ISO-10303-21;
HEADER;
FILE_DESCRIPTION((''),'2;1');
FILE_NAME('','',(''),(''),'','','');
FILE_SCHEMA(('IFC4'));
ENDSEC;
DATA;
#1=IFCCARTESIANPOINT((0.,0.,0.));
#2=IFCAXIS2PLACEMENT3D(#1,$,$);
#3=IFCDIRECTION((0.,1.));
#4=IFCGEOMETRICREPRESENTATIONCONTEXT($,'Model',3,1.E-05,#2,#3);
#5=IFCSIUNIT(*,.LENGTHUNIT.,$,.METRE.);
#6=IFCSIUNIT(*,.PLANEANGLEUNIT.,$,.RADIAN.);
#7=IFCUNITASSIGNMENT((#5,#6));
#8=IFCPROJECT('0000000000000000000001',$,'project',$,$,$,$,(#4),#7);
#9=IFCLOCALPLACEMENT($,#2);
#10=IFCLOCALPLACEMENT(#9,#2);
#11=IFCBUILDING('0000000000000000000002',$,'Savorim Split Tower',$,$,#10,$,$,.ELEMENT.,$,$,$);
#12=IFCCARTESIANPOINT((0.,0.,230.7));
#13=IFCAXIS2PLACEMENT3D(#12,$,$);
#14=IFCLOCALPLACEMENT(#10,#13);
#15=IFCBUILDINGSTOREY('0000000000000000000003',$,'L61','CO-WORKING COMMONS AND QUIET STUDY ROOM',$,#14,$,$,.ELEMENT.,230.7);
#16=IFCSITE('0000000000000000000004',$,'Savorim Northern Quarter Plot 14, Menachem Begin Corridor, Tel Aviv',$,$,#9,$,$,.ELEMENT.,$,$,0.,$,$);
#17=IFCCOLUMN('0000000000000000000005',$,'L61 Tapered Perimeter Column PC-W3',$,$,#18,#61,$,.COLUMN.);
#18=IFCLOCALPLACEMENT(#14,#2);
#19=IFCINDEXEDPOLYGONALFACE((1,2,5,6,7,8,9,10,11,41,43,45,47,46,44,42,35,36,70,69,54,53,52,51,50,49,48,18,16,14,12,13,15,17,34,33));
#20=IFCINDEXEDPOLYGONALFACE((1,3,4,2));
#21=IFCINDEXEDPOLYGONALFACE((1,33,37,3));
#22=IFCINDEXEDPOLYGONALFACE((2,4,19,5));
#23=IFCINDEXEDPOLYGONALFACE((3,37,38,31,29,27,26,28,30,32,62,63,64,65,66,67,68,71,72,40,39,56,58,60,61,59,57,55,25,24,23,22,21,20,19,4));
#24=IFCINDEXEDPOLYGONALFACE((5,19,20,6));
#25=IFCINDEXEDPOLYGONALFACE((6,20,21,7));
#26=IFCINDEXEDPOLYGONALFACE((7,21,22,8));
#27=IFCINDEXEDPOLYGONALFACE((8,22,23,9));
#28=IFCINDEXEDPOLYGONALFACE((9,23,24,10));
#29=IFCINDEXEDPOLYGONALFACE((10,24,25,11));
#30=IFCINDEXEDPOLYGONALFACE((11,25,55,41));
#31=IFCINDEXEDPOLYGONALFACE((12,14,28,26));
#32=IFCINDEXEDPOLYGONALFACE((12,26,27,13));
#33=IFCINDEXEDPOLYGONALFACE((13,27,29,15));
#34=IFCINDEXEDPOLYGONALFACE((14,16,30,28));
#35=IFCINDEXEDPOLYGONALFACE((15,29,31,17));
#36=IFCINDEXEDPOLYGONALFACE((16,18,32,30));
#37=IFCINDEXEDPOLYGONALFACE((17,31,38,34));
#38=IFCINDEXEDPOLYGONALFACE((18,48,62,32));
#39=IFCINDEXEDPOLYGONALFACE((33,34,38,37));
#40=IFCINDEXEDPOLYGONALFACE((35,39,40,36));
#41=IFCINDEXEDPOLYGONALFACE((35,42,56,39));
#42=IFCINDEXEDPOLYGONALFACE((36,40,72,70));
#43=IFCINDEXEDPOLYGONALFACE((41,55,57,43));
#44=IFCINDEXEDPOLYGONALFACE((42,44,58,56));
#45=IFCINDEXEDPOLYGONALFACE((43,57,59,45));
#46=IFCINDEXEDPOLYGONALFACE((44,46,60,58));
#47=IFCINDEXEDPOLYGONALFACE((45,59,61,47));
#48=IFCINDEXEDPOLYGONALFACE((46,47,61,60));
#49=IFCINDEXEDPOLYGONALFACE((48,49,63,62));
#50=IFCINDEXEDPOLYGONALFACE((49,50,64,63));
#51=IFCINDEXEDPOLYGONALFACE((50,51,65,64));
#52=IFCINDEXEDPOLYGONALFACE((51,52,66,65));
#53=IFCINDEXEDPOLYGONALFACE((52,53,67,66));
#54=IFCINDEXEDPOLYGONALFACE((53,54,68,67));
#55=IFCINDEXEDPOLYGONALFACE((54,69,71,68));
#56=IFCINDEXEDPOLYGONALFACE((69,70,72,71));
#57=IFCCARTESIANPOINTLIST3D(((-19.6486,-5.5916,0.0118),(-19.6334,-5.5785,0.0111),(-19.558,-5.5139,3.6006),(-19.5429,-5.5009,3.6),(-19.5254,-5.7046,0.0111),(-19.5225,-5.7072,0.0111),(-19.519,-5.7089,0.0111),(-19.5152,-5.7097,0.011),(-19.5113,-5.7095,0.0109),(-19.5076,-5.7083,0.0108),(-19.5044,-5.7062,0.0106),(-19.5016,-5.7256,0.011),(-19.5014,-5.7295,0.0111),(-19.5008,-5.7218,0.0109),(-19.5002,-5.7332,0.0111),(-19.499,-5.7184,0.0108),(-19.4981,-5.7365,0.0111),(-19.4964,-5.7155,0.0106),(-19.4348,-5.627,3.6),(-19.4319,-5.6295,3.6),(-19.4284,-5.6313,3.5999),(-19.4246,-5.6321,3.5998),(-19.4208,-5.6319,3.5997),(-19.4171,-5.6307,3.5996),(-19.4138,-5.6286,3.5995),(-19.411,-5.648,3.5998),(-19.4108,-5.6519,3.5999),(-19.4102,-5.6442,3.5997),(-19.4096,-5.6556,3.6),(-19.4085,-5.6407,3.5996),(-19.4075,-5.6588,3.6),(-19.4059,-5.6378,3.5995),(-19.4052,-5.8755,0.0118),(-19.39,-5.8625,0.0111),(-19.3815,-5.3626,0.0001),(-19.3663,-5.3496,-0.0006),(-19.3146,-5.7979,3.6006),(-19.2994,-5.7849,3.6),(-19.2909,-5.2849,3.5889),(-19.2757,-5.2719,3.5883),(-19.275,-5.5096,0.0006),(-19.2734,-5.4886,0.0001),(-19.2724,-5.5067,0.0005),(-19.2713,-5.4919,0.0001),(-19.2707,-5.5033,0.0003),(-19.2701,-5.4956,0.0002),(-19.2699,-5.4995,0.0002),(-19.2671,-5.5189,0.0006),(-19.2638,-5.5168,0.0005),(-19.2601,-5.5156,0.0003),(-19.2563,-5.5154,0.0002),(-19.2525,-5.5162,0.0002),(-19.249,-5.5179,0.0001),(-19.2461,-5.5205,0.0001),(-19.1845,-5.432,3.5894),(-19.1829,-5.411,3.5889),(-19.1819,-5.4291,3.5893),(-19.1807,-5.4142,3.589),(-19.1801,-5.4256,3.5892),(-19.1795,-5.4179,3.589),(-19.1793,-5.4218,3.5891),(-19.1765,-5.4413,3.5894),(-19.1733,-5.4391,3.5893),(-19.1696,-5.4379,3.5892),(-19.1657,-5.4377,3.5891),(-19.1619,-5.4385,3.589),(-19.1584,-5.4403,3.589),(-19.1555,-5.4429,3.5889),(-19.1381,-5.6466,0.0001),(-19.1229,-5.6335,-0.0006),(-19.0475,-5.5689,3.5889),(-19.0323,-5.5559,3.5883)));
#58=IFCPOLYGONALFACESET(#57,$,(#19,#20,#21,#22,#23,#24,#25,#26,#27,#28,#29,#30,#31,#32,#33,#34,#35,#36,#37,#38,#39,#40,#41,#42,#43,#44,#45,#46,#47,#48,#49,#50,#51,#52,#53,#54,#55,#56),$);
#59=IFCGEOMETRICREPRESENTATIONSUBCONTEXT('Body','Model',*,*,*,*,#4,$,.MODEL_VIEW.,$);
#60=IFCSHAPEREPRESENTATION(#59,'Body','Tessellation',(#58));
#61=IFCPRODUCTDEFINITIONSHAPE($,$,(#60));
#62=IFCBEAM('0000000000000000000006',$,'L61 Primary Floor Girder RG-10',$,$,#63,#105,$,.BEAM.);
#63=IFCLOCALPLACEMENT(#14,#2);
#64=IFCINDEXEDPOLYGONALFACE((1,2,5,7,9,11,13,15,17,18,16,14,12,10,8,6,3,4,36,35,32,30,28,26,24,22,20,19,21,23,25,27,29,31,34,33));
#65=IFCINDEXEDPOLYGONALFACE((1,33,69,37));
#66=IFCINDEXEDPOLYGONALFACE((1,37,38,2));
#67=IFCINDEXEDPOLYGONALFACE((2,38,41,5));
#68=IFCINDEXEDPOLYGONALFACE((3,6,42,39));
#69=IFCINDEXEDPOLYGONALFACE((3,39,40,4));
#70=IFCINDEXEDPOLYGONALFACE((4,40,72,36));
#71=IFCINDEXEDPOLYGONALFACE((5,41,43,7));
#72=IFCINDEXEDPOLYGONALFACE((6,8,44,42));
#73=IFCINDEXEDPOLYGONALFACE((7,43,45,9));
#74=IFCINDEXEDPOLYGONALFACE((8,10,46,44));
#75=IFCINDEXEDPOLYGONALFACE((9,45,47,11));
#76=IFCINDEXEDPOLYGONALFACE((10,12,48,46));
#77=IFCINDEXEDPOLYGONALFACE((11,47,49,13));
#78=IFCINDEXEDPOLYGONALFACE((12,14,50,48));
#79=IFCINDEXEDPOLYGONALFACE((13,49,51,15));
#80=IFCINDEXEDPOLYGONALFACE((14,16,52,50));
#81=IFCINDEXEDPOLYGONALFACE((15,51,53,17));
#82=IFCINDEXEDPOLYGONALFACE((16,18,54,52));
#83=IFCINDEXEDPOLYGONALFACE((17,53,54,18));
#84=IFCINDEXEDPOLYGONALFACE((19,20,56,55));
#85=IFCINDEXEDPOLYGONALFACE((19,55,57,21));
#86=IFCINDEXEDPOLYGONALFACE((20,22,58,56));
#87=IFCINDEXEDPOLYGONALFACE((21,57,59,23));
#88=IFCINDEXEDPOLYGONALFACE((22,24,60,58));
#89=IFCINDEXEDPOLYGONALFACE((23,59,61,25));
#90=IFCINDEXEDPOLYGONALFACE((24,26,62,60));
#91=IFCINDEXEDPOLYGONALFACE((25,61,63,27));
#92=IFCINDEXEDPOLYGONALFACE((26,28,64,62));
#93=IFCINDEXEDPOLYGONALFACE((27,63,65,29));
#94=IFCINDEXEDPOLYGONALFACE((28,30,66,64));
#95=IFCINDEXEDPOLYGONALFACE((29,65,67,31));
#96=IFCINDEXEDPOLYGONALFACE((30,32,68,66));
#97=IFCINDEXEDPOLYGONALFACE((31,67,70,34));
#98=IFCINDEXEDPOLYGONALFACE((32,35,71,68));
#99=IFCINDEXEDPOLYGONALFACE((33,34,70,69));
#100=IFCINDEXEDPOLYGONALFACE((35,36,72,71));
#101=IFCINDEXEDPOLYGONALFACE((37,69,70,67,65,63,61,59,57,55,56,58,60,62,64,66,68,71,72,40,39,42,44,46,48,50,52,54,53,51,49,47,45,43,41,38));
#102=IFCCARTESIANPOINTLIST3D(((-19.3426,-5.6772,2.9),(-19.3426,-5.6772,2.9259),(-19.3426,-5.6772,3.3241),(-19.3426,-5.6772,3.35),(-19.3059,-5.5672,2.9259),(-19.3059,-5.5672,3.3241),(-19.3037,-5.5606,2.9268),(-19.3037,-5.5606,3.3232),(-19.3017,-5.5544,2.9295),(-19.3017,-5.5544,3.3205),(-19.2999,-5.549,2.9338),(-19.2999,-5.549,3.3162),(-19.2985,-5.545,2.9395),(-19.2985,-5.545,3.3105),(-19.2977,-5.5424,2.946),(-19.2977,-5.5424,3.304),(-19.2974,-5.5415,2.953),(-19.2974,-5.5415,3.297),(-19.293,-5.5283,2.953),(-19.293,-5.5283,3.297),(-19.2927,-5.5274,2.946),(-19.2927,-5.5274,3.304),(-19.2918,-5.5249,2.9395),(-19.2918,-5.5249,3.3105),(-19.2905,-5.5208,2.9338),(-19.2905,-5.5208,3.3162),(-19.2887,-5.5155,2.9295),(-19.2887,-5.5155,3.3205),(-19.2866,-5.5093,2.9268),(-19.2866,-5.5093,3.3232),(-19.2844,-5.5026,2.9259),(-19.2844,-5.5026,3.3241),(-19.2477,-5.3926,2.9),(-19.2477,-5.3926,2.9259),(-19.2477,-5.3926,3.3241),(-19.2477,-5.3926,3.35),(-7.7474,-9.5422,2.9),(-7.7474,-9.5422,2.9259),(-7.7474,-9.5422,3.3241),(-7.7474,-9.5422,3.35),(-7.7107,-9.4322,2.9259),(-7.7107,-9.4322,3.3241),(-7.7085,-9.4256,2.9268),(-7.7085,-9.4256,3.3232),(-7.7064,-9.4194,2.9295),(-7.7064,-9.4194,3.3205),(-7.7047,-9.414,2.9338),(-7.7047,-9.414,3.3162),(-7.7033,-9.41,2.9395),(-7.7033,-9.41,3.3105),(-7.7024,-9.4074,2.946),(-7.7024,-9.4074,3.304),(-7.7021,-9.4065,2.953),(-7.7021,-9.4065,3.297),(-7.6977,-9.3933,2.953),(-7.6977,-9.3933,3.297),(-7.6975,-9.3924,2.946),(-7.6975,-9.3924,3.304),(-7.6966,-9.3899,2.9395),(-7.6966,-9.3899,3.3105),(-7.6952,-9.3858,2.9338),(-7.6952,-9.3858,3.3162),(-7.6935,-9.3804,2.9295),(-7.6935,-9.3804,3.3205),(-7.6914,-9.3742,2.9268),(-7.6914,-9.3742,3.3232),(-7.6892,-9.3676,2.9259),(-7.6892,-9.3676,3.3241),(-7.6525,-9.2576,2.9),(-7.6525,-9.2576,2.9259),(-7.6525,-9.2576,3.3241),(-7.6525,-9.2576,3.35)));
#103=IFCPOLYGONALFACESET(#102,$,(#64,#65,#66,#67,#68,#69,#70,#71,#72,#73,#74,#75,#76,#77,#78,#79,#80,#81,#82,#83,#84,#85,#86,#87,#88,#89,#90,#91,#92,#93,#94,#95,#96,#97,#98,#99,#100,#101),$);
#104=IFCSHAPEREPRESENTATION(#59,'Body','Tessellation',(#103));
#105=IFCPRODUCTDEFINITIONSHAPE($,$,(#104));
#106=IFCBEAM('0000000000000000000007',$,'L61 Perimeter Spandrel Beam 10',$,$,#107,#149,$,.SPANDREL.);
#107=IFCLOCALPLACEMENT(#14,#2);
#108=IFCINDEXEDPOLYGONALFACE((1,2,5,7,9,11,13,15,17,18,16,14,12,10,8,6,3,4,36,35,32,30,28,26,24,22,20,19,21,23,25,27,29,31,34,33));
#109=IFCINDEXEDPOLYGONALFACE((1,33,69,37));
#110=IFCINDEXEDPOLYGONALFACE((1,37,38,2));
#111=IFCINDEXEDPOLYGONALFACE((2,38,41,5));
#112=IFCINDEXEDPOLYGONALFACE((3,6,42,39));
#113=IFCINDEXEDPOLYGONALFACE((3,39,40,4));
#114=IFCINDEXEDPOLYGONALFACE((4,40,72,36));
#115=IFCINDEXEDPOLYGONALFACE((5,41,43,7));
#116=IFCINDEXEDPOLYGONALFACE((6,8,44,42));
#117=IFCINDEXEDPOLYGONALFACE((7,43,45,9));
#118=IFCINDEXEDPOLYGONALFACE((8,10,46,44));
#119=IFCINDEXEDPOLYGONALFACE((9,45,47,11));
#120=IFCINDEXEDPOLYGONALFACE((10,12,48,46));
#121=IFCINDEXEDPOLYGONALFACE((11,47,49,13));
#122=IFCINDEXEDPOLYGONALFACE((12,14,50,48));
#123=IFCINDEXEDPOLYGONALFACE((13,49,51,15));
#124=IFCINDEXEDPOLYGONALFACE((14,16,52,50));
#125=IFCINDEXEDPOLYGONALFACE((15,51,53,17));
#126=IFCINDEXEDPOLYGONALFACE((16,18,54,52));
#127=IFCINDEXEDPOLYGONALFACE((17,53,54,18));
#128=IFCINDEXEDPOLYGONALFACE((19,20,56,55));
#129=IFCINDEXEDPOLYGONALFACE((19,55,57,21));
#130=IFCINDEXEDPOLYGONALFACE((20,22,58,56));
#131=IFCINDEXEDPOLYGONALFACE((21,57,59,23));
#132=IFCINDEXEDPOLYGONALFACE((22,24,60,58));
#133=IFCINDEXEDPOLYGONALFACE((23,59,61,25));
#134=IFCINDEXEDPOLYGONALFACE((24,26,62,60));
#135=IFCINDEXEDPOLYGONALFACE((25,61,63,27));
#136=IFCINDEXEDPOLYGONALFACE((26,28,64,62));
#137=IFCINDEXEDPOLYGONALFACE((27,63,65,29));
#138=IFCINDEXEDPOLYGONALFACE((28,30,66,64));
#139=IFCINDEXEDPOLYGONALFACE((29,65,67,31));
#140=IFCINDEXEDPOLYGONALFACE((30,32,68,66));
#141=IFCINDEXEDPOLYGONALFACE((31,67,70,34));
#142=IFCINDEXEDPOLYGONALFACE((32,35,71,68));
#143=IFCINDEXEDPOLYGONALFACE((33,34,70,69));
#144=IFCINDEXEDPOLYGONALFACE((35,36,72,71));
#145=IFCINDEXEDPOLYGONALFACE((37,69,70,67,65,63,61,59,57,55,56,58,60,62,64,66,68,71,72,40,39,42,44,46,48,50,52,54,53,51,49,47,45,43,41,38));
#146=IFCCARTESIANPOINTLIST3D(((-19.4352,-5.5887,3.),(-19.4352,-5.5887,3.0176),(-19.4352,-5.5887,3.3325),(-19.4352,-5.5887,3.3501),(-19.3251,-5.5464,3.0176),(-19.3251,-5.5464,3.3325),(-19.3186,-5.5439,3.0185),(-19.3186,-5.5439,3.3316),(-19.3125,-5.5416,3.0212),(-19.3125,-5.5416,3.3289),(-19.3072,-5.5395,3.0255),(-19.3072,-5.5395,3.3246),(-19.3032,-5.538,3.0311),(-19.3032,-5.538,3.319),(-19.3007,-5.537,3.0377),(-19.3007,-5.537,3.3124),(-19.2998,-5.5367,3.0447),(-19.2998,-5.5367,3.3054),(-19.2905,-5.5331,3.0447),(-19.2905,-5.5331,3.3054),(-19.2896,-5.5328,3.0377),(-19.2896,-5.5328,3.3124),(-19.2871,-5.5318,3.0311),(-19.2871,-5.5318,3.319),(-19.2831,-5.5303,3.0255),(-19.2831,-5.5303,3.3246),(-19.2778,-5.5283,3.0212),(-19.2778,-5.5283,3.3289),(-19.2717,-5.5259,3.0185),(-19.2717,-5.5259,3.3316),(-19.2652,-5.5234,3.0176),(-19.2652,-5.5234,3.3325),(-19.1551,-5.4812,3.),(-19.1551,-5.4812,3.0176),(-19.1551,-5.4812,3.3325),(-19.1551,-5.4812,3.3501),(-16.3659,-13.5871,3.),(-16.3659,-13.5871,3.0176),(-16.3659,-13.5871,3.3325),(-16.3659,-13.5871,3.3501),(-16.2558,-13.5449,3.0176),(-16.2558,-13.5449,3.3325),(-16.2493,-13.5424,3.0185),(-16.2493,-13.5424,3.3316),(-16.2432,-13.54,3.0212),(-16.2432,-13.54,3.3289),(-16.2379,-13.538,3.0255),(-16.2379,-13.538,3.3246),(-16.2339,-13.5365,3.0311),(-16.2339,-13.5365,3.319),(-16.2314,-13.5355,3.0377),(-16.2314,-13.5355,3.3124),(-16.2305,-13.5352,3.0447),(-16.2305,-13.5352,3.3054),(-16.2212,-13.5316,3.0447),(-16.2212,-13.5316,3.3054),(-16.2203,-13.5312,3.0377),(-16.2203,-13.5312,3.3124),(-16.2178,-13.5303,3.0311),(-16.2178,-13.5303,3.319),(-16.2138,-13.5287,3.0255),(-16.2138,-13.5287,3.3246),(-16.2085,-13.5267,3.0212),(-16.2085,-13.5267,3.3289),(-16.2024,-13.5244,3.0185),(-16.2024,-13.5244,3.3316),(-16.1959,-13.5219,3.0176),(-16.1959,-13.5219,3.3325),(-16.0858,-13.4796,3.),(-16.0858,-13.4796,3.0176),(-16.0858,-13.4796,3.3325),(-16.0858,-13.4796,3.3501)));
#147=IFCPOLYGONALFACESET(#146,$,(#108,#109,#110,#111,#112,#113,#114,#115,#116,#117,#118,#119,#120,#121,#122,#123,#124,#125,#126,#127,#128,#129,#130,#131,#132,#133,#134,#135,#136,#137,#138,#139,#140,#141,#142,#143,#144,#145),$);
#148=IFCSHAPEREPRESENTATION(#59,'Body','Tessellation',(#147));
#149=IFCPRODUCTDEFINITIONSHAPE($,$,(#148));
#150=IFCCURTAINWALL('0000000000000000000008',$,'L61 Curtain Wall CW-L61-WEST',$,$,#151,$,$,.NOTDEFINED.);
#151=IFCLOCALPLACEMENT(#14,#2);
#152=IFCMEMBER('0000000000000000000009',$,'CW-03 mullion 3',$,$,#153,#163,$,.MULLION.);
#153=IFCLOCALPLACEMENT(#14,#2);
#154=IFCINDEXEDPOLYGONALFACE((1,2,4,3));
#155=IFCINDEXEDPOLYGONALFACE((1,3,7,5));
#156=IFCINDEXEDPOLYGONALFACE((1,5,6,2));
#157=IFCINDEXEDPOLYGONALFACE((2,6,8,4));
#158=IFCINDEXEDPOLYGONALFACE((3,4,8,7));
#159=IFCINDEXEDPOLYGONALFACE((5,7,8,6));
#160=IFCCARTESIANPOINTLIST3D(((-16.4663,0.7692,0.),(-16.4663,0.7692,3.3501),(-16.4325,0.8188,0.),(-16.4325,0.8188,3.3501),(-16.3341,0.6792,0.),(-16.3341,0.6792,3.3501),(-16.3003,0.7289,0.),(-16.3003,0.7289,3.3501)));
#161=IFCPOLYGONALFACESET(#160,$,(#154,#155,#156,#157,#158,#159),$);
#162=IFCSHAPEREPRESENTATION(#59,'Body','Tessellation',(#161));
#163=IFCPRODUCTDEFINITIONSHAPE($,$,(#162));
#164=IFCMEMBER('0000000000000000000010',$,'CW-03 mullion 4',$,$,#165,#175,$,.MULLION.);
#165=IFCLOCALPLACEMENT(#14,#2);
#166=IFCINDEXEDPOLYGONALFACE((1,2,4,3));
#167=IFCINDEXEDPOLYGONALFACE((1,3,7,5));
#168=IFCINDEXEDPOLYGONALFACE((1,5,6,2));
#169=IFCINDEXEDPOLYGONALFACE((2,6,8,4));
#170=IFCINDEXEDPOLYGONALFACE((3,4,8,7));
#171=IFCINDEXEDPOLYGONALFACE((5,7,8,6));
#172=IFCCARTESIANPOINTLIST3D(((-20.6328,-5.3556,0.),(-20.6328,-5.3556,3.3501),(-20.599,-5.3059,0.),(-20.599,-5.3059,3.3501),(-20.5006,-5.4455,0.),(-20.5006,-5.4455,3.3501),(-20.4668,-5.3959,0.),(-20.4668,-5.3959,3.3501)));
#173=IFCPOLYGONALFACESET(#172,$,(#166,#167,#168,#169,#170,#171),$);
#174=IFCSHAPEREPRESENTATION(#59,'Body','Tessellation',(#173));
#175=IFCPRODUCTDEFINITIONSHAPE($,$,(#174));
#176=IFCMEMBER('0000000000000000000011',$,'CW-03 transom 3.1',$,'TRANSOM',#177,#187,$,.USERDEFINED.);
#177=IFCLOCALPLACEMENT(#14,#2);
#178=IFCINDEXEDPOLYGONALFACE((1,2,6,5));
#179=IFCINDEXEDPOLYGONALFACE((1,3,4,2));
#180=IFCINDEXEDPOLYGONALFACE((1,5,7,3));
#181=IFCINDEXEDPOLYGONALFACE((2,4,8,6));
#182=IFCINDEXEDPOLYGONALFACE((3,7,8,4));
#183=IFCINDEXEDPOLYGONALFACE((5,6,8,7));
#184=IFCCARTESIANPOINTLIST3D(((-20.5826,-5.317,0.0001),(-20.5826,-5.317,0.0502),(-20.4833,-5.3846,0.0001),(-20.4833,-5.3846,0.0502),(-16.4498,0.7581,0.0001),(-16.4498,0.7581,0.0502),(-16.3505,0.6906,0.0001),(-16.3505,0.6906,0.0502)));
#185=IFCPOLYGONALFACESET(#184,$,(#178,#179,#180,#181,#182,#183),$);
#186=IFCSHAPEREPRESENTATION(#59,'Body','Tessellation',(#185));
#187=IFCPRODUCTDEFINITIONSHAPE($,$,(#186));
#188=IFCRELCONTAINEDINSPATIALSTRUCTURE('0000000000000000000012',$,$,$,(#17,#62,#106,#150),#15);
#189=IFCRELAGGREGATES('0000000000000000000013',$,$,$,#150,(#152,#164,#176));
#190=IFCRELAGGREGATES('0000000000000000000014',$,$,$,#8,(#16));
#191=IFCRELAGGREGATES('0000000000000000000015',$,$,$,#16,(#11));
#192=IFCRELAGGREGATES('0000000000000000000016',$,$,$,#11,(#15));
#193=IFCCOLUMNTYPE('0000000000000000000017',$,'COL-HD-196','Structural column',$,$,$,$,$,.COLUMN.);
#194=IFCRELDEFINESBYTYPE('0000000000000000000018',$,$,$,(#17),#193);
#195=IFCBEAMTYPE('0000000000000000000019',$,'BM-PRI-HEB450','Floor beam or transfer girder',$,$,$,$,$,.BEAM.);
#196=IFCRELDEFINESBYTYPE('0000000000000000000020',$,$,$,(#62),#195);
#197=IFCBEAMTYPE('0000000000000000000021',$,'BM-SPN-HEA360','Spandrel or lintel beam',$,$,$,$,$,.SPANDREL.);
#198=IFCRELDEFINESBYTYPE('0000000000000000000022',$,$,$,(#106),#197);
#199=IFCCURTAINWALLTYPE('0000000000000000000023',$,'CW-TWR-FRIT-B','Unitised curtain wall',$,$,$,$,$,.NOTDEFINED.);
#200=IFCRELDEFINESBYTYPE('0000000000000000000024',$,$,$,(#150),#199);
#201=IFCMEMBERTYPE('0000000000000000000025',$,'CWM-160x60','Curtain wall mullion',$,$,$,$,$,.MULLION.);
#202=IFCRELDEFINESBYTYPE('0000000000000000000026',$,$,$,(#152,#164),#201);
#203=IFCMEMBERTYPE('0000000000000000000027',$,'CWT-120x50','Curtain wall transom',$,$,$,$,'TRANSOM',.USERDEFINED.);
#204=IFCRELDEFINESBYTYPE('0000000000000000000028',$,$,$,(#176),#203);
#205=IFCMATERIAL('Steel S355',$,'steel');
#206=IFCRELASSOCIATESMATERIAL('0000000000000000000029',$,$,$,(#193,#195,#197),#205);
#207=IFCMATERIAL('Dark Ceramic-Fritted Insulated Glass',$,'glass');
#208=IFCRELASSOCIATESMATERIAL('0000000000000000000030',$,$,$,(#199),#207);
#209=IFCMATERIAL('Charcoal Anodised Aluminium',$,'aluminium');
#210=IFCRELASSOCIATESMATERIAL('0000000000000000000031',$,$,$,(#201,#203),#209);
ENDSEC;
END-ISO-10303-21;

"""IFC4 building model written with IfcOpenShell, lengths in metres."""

from ifc_helpers import new_model, si_unit, direction, frame, origin, origin_2d, place, context, subcontext, project, spatial, rectangle, i_section, extrude, material, material_profile, profile_set, type_object, element, aggregate, save


model = new_model("IFC4")

# Units and contexts
model_context = context("Model", 3, precision=1e-05, world=origin(), true_north=direction((0.0, 1.0)))
body_context = subcontext(model_context, "Body", "Model", "MODEL_VIEW")
ifc_project = project(units=[si_unit("LENGTHUNIT", "METRE"), si_unit("PLANEANGLEUNIT", "RADIAN")], contexts=[model_context])

# Site, building, storey
site_placement = place(None, origin())
site = spatial("IfcSite", under=ifc_project, at=site_placement, Name="Savorim Northern Quarter Plot 14, Menachem Begin Corridor, Tel Aviv", CompositionType="ELEMENT", RefElevation=0.0)
building_placement = place(site_placement, origin())
building = spatial("IfcBuilding", under=site, at=building_placement, Name="Savorim Split Tower", CompositionType="ELEMENT")
storey_placement = place(building_placement, frame((0.0, 0.0, 230.7)))
storey = spatial("IfcBuildingStorey", under=building, at=storey_placement, Name="L61", Description="CO-WORKING COMMONS AND QUIET STUDY ROOM", CompositionType="ELEMENT", Elevation=230.7)

# Column
ifc_material_1 = material(Name="Steel S355", Category="steel")
ifc_material_profile_1 = material_profile(ifc_material_1, i_section(OverallWidth=0.374, OverallDepth=0.3721, WebThickness=0.0122, FlangeThickness=0.02, FilletRadius=0.0149, at=origin_2d()), Name="HD 360x196")
ifc_profile_set_1 = profile_set([ifc_material_profile_1], Name="Steel S355")
column_type = type_object("IfcColumnType", Name="COL-HD-196", Description="Structural column", PredefinedType="COLUMN", material=ifc_profile_set_1)
column_placement = place(storey_placement, frame((-19.3857, -5.6125, 0.0056), z_axis=(0.025224, 0.021621, 0.999448), x_axis=(-0.650791, 0.759257, 0.0)))
element("IfcColumn", 1, at=column_placement, inside=storey, type_object=column_type, Name="L61 Tapered Perimeter Column PC-W3", PredefinedType="COLUMN", context=body_context, shape_type="SweptSolid", body=[
    extrude(i_section(OverallWidth=0.374, OverallDepth=0.3721, WebThickness=0.0122, FlangeThickness=0.02, FilletRadius=0.0149, at=origin_2d()), origin(), (0.0, 0.0, 1.0), 3.5908),
])

# Beams
ifc_material_profile_2 = material_profile(ifc_material_1, i_section(OverallWidth=0.3, OverallDepth=0.45, WebThickness=0.0139, FlangeThickness=0.0259, FilletRadius=0.0271, at=origin_2d()), Name="HEB 450")
ifc_profile_set_2 = profile_set([ifc_material_profile_2], Name="Steel S355")
beam_type_1 = type_object("IfcBeamType", Name="BM-PRI-HEB450", Description="Floor beam or transfer girder", PredefinedType="BEAM", material=ifc_profile_set_2)
beam_1_placement = place(storey_placement, frame((-19.2952, -5.5349, 3.125), z_axis=(0.948685, -0.316222, 0.0), x_axis=(0.316222, 0.948685, 0.0)))
element("IfcBeam", 2, at=beam_1_placement, inside=storey, type_object=beam_type_1, Name="L61 Primary Floor Girder RG-10", PredefinedType="BEAM", context=body_context, shape_type="SweptSolid", body=[
    extrude(i_section(OverallWidth=0.3, OverallDepth=0.45, WebThickness=0.0139, FlangeThickness=0.0259, FilletRadius=0.0271, at=origin_2d()), origin(), (0.0, 0.0, 1.0), 12.2224),
])
ifc_material_profile_3 = material_profile(ifc_material_1, i_section(OverallWidth=0.3, OverallDepth=0.3501, WebThickness=0.01, FlangeThickness=0.0176, FilletRadius=0.0271, at=origin_2d()), Name="HEA 360")
ifc_profile_set_3 = profile_set([ifc_material_profile_3], Name="Steel S355")
beam_type_2 = type_object("IfcBeamType", Name="BM-SPN-HEA360", Description="Spandrel or lintel beam", PredefinedType="SPANDREL", material=ifc_profile_set_3)
beam_2_placement = place(storey_placement, frame((-19.2952, -5.5349, 3.175), z_axis=(0.358265, -0.93362, 0.0), x_axis=(0.93362, 0.358265, 0.0)))
element("IfcBeam", 3, at=beam_2_placement, inside=storey, type_object=beam_type_2, Name="L61 Perimeter Spandrel Beam 10", PredefinedType="SPANDREL", context=body_context, shape_type="SweptSolid", body=[
    extrude(i_section(OverallWidth=0.3, OverallDepth=0.3501, WebThickness=0.01, FlangeThickness=0.0176, FilletRadius=0.0271, at=origin_2d()), origin(), (0.0, 0.0, 1.0), 8.5671),
])

# Curtain wall, members
ifc_material_2 = material(Name="Dark Ceramic-Fritted Insulated Glass", Category="glass")
curtain_wall_type = type_object("IfcCurtainWallType", Name="CW-TWR-FRIT-B", Description="Unitised curtain wall", PredefinedType="NOTDEFINED", material=ifc_material_2)
curtain_wall_placement = place(storey_placement, origin())
curtain_wall = element("IfcCurtainWall", 4, at=curtain_wall_placement, inside=storey, type_object=curtain_wall_type, Name="L61 Curtain Wall CW-L61-WEST", PredefinedType="NOTDEFINED")
ifc_material_3 = material(Name="Charcoal Anodised Aluminium", Category="aluminium")
ifc_material_profile_4 = material_profile(ifc_material_3, rectangle(XDim=0.1599, YDim=0.0601, at=origin_2d()), Name="ALU-M 160x60")
ifc_profile_set_4 = profile_set([ifc_material_profile_4], Name="Charcoal Anodised Aluminium")
member_type_1 = type_object("IfcMemberType", Name="CWM-160x60", Description="Curtain wall mullion", PredefinedType="MULLION", material=ifc_profile_set_4)
member_1_placement = place(storey_placement, frame((-16.3833, 0.749, 0.0), z_axis=(0.0, 0.0, 1.0), x_axis=(0.82682, -0.562467, 0.0)))
member_1 = element("IfcMember", 5, at=member_1_placement, type_object=member_type_1, Name="CW-03 mullion 3", PredefinedType="MULLION", context=body_context, shape_type="SweptSolid", body=[
    extrude(rectangle(XDim=0.1599, YDim=0.0601, at=origin_2d()), origin(), (0.0, 0.0, 1.0), 3.3501),
])
member_2_placement = place(storey_placement, frame((-20.5498, -5.3757, 0.0), z_axis=(0.0, 0.0, 1.0), x_axis=(0.82682, -0.562467, 0.0)))
member_2 = element("IfcMember", 6, at=member_2_placement, type_object=member_type_1, Name="CW-03 mullion 4", PredefinedType="MULLION", context=body_context, shape_type="SweptSolid", body=[
    extrude(rectangle(XDim=0.1599, YDim=0.0601, at=origin_2d()), origin(), (0.0, 0.0, 1.0), 3.3501),
])
ifc_material_profile_5 = material_profile(ifc_material_3, rectangle(XDim=0.1201, YDim=0.05, at=origin_2d()), Name="ALU-T 120x50")
ifc_profile_set_5 = profile_set([ifc_material_profile_5], Name="Charcoal Anodised Aluminium")
member_type_2 = type_object("IfcMemberType", Name="CWT-120x50", Description="Curtain wall transom", ElementType="TRANSOM", PredefinedType="USERDEFINED", material=ifc_profile_set_5)
member_3_placement = place(storey_placement, frame((-16.4001, 0.7244, 0.0251), z_axis=(-0.562466, -0.82682, 0.0), x_axis=(0.82682, -0.562466, 0.0)))
member_3 = element("IfcMember", 7, at=member_3_placement, type_object=member_type_2, Name="CW-03 transom 3.1", ObjectType="TRANSOM", PredefinedType="USERDEFINED", context=body_context, shape_type="SweptSolid", body=[
    extrude(rectangle(XDim=0.1201, YDim=0.05, at=origin_2d()), origin(), (0.0, 0.0, 1.0), 7.3477),
])
aggregate(curtain_wall, [member_1, member_2, member_3])

save(model, "model.ifc")
